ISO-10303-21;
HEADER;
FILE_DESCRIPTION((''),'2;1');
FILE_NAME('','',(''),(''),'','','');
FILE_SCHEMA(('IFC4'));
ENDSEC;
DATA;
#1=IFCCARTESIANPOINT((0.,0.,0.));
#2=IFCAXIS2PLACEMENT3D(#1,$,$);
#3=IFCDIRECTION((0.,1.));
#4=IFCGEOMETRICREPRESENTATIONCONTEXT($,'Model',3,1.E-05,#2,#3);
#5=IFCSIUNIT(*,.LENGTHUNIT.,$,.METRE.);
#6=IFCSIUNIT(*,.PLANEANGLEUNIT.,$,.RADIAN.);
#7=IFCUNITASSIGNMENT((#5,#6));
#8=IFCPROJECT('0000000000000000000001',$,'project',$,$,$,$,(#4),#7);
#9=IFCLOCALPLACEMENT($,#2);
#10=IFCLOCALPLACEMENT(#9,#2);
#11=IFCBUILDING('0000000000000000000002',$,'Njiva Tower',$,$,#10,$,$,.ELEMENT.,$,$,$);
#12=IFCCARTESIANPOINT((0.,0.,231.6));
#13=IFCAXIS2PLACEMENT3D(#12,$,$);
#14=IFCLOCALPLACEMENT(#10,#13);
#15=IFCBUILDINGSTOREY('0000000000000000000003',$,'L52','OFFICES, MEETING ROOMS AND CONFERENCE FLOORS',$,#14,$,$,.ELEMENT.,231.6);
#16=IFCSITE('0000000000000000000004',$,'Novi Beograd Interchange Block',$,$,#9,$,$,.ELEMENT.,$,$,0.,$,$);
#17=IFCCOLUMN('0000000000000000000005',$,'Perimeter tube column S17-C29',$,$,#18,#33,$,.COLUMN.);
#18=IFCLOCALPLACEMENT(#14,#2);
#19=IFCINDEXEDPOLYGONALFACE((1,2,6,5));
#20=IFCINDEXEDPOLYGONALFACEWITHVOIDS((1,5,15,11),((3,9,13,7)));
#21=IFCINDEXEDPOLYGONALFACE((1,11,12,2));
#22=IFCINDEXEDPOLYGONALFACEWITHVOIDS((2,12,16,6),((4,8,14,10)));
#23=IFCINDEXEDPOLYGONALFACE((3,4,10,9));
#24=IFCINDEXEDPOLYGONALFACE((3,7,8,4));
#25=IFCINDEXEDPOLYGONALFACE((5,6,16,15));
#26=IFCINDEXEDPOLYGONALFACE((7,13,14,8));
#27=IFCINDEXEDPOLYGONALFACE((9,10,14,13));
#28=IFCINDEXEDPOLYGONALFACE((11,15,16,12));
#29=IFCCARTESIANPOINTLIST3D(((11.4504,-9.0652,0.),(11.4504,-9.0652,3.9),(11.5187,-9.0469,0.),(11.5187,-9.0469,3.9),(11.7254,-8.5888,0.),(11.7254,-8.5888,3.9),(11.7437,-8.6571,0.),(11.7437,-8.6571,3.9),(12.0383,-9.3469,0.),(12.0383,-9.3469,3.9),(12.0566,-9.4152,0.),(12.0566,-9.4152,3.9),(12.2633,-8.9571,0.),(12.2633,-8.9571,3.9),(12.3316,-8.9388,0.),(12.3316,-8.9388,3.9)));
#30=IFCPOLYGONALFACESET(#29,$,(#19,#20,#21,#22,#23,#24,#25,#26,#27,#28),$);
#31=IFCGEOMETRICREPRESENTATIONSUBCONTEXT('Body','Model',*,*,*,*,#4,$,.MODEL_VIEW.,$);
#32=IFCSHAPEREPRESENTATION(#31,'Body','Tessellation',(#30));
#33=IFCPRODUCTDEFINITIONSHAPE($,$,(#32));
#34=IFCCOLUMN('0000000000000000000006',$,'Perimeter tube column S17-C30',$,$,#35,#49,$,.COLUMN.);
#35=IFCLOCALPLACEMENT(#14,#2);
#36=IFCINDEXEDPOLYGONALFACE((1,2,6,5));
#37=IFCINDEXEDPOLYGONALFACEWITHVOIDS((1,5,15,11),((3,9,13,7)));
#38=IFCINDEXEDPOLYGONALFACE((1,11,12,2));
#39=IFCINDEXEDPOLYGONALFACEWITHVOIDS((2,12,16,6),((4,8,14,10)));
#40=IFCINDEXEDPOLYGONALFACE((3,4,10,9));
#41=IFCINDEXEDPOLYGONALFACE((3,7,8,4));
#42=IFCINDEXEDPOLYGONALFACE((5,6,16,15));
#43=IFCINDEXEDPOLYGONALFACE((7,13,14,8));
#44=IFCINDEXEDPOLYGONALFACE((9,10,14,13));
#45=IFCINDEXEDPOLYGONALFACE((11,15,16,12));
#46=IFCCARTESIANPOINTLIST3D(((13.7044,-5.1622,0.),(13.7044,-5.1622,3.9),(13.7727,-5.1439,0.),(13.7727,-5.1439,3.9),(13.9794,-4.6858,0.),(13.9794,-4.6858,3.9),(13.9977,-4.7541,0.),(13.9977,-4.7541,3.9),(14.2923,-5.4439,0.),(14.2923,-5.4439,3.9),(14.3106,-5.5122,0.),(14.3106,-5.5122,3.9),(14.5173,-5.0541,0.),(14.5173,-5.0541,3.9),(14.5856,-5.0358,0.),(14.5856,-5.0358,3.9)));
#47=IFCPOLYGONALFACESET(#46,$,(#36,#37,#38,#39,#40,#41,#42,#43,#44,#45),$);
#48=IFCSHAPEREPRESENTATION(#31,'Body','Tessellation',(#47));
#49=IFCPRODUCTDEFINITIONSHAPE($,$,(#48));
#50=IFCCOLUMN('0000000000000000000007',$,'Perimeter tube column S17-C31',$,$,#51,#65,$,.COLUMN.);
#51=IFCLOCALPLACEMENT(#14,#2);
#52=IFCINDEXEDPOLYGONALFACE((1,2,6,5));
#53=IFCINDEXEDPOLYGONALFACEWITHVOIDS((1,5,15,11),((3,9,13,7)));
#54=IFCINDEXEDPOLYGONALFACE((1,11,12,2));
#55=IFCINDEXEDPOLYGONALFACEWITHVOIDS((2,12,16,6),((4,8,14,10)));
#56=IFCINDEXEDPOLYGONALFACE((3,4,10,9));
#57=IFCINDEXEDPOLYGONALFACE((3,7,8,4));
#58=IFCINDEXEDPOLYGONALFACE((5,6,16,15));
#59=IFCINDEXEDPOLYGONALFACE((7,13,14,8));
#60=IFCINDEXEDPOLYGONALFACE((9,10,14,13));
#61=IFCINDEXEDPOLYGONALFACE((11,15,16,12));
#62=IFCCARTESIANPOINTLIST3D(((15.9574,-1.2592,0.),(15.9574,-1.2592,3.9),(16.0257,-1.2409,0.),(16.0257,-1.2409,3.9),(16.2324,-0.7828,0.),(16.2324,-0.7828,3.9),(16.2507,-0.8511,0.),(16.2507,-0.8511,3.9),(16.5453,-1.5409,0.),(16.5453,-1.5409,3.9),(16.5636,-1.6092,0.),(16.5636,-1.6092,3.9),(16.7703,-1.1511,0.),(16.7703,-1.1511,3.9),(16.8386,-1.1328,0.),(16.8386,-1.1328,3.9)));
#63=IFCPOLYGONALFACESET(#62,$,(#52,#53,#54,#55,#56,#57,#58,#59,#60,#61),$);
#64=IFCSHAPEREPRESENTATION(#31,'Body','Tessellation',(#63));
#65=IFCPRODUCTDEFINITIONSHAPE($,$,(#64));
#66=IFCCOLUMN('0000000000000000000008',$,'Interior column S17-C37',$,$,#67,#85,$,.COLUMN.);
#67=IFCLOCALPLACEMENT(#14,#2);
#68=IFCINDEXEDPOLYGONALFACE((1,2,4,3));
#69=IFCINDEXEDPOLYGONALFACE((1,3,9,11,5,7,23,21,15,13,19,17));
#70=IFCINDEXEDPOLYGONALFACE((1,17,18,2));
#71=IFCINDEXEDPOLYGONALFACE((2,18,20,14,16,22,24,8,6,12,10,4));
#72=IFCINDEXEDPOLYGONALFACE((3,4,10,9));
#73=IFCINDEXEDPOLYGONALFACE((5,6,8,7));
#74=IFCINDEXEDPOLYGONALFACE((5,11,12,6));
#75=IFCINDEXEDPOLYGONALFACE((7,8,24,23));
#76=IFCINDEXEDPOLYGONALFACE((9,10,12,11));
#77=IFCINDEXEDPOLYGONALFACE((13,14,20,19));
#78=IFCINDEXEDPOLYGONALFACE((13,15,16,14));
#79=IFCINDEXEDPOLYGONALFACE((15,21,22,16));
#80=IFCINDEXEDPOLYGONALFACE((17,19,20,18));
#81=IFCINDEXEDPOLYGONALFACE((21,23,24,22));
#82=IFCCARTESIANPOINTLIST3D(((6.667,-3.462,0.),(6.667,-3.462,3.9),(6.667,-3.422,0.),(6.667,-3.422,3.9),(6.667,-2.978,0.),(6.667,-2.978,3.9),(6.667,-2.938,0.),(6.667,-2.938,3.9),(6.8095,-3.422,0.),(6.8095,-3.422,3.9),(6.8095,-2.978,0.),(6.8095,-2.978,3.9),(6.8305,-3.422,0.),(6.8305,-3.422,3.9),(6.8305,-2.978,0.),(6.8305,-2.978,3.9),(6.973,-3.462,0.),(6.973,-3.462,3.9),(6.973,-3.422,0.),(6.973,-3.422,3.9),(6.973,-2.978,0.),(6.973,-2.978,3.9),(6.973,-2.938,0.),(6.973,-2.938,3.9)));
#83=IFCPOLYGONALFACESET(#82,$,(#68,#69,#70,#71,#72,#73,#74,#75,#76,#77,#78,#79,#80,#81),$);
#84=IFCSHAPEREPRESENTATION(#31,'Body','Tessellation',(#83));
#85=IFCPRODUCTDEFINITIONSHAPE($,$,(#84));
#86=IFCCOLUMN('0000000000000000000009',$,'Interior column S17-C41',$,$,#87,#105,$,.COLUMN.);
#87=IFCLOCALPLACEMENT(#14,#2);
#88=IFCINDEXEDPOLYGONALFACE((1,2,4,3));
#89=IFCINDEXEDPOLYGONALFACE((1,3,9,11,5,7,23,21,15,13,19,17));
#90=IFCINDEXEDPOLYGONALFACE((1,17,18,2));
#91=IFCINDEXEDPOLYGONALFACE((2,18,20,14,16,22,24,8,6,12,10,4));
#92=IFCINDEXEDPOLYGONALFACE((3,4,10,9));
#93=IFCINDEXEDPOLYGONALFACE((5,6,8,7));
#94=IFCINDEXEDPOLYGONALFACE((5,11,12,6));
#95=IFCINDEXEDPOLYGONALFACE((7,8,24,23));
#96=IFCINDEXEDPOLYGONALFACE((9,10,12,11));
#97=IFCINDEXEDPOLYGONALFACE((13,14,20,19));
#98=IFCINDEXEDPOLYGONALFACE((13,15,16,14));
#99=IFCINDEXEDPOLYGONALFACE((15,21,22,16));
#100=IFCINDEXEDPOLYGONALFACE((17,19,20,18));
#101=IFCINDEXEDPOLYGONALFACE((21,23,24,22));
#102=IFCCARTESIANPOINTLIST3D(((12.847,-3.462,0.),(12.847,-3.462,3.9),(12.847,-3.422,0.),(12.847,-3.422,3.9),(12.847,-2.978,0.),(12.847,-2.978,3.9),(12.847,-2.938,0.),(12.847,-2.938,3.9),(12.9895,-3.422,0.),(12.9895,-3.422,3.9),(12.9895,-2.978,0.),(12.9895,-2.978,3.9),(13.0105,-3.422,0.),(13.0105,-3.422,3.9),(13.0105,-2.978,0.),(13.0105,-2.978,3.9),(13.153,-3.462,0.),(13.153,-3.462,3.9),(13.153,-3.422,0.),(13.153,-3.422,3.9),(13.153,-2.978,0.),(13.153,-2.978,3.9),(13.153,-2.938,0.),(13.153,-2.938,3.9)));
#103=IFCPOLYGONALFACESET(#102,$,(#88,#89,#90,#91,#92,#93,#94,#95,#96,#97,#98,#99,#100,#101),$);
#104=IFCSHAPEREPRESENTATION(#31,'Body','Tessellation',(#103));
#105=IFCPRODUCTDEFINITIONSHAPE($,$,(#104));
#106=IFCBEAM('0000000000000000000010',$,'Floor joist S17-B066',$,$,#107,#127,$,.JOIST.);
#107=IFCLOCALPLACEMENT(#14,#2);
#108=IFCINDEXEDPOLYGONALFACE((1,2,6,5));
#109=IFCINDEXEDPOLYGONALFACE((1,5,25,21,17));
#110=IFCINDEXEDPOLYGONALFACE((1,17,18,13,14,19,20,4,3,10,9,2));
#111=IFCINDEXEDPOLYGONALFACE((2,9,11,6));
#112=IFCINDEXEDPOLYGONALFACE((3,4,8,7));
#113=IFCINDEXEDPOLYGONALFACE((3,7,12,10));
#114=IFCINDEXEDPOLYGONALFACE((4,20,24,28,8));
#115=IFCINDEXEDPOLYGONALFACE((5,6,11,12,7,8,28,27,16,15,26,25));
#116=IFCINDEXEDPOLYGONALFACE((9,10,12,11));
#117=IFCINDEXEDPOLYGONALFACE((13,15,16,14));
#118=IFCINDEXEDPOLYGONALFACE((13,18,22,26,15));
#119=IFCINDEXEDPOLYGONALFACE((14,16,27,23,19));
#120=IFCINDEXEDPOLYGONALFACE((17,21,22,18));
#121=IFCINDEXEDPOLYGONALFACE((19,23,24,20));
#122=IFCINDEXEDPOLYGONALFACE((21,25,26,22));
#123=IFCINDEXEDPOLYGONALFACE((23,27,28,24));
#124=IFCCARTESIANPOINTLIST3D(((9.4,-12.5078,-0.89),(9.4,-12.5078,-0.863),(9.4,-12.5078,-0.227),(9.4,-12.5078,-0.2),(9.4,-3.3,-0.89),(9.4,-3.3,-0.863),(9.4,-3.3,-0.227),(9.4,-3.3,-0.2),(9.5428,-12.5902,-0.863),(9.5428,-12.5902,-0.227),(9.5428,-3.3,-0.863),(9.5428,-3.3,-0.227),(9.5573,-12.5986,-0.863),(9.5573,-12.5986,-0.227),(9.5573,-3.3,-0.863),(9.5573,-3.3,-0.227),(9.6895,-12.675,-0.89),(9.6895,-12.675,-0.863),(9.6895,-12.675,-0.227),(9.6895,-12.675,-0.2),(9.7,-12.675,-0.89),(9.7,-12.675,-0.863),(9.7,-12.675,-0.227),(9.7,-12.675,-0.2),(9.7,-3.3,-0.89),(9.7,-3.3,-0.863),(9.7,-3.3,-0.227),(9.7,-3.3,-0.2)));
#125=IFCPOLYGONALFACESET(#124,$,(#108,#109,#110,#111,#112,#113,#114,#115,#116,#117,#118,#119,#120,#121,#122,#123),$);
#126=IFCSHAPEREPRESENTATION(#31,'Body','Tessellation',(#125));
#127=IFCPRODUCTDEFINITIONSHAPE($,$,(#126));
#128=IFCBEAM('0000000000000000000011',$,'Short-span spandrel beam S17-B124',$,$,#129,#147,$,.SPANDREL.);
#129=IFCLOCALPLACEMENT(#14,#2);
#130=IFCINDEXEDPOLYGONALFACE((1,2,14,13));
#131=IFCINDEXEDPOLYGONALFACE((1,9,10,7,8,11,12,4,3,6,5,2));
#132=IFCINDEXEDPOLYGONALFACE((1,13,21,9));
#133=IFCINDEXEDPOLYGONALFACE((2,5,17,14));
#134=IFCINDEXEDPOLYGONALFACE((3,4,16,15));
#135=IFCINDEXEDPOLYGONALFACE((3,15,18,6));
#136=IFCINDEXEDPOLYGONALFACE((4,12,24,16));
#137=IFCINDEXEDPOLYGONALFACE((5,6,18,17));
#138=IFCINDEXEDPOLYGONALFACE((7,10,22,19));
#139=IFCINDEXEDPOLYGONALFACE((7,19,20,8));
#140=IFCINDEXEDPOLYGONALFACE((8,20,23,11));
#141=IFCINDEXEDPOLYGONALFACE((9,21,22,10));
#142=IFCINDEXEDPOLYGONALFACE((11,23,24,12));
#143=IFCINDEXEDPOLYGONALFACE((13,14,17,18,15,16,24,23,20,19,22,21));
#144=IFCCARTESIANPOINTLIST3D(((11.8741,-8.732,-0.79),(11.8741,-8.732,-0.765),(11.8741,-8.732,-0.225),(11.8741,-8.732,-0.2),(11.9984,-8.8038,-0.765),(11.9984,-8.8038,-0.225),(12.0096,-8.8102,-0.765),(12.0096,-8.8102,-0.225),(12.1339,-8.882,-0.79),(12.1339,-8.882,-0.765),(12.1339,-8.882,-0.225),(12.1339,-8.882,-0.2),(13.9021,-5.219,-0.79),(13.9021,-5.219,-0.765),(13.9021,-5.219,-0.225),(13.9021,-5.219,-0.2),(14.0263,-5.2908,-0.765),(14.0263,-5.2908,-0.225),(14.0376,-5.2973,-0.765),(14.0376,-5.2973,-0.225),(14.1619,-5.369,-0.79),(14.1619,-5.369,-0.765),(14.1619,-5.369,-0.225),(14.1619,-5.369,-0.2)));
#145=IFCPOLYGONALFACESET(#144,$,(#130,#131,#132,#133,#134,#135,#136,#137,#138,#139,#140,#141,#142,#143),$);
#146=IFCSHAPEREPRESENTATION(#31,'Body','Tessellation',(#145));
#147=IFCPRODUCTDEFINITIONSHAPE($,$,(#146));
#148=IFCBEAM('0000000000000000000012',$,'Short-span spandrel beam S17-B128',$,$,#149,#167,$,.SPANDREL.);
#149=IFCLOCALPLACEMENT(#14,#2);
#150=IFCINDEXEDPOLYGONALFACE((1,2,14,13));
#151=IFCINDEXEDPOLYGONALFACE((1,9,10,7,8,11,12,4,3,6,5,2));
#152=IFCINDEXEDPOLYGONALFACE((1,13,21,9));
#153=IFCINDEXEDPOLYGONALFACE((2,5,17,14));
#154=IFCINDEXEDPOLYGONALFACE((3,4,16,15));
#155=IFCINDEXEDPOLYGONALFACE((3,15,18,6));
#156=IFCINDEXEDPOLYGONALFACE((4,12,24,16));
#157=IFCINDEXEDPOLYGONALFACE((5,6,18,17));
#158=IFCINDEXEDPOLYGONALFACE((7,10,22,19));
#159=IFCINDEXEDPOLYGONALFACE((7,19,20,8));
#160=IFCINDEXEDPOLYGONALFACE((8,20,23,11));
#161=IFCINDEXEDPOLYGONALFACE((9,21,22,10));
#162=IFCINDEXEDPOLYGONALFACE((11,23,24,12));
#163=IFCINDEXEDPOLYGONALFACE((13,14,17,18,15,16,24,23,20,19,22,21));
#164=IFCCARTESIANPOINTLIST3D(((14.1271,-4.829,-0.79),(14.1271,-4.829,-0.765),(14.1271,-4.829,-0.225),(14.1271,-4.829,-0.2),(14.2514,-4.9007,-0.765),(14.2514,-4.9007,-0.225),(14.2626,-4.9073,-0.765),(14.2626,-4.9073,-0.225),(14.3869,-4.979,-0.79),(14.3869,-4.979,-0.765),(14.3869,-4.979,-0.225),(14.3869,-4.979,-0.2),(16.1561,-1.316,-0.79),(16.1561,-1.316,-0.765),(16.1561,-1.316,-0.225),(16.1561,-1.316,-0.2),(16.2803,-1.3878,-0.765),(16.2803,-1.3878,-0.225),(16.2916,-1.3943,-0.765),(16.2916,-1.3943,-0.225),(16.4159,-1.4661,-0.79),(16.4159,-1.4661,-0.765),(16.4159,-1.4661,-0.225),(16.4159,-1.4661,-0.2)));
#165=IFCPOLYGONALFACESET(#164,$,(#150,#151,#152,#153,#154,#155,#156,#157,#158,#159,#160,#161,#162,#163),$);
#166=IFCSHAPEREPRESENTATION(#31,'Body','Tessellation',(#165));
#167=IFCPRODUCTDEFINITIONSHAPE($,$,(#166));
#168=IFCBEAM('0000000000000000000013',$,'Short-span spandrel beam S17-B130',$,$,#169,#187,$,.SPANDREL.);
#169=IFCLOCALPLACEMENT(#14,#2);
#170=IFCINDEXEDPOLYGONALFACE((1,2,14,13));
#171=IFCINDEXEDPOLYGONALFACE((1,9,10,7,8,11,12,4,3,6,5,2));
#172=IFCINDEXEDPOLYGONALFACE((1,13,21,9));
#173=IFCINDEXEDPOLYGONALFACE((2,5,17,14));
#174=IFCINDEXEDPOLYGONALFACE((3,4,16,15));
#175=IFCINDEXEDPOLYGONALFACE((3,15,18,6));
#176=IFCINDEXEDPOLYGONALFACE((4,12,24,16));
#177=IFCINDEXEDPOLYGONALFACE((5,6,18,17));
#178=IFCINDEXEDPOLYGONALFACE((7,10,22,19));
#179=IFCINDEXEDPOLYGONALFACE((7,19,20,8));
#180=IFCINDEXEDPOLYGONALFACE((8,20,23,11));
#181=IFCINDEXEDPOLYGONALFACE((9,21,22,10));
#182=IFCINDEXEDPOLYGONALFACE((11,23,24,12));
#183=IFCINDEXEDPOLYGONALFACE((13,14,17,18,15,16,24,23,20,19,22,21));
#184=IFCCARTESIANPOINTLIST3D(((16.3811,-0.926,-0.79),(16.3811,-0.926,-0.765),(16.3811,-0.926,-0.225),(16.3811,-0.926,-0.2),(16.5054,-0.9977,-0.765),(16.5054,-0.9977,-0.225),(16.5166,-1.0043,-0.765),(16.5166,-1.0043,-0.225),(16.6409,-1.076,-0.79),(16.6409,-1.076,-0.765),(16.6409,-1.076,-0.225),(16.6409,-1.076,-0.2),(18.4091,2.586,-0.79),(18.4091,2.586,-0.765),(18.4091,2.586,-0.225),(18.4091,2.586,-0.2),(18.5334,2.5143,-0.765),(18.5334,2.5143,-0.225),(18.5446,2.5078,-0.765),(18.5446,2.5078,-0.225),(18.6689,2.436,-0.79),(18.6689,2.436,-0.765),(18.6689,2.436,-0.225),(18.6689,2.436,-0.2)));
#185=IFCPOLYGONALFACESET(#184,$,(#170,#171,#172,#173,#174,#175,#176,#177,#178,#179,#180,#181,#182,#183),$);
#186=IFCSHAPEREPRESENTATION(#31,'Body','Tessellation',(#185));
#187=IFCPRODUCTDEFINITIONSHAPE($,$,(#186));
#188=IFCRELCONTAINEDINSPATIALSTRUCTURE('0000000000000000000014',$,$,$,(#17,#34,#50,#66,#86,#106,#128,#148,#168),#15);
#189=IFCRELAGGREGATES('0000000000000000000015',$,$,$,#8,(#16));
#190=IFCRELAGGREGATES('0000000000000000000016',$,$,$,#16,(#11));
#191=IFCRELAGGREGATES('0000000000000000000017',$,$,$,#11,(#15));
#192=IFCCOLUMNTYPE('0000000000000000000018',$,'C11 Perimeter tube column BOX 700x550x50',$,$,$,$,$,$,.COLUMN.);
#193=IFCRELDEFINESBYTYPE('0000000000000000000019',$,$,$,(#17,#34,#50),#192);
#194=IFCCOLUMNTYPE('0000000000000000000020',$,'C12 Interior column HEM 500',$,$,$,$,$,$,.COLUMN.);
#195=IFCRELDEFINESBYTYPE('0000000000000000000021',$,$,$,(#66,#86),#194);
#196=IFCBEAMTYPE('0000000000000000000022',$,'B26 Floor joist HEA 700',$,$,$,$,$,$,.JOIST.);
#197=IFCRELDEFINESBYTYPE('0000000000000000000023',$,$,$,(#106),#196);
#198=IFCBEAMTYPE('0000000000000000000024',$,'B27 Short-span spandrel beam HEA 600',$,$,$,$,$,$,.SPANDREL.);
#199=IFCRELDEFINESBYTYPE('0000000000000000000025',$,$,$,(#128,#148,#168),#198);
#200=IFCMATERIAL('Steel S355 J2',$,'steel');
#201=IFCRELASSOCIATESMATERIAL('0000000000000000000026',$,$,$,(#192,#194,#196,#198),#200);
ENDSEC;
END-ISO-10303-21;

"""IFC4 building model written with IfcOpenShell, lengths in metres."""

from ifc_helpers import new_model, si_unit, direction, frame, origin, origin_2d, place, context, subcontext, project, spatial, hollow_rectangle, i_section, extrude, clip, halfspace, material, material_profile, profile_set, type_object, element, save


model = new_model("IFC4")

# Units and contexts
model_context = context("Model", 3, precision=1e-05, world=origin(), true_north=direction((0.0, 1.0)))
body_context = subcontext(model_context, "Body", "Model", "MODEL_VIEW")
ifc_project = project(units=[si_unit("LENGTHUNIT", "METRE"), si_unit("PLANEANGLEUNIT", "RADIAN")], contexts=[model_context])

# Site, building, storey
site_placement = place(None, origin())
site = spatial("IfcSite", under=ifc_project, at=site_placement, Name="Novi Beograd Interchange Block", CompositionType="ELEMENT", RefElevation=0.0)
building_placement = place(site_placement, origin())
building = spatial("IfcBuilding", under=site, at=building_placement, Name="Njiva Tower", CompositionType="ELEMENT")
storey_placement = place(building_placement, frame((0.0, 0.0, 231.6)))
storey = spatial("IfcBuildingStorey", under=building, at=storey_placement, Name="L52", Description="OFFICES, MEETING ROOMS AND CONFERENCE FLOORS", CompositionType="ELEMENT", Elevation=231.6)

# Columns
ifc_material_1 = material(Name="Steel S355 J2", Category="steel")
ifc_material_profile_1 = material_profile(ifc_material_1, hollow_rectangle(XDim=0.55, YDim=0.7, WallThickness=0.05, at=origin_2d()), Name="BOX 700x550x50")
ifc_profile_set_1 = profile_set([ifc_material_profile_1], Name="Steel S355 J2")
column_type_1 = type_object("IfcColumnType", Name="C11 Perimeter tube column BOX 700x550x50", PredefinedType="COLUMN", material=ifc_profile_set_1)
for number, where, z_axis, x_axis, name in (
    (1, (11.891, -9.002, 0.0), (0.0, 0.0, 1.0), (0.5, 0.866025, 0.0), "Perimeter tube column S17-C29"),
    (2, (14.145, -5.099, 0.0), (0.0, 0.0, 1.0), (0.5, 0.866025, 0.0), "Perimeter tube column S17-C30"),
    (3, (16.398, -1.196, 0.0), (0.0, 0.0, 1.0), (0.5, 0.866025, 0.0), "Perimeter tube column S17-C31"),
):
    element("IfcColumn", number, at=place(storey_placement, frame(where, z_axis=z_axis, x_axis=x_axis)), inside=storey, type_object=column_type_1, Name=name, PredefinedType="COLUMN", context=body_context, shape_type="SweptSolid", body=[
        extrude(hollow_rectangle(XDim=0.55, YDim=0.7, WallThickness=0.05, at=origin_2d()), origin(), (0.0, 0.0, 1.0), 3.9),
    ])
ifc_material_profile_2 = material_profile(ifc_material_1, i_section(OverallWidth=0.306, OverallDepth=0.524, WebThickness=0.021, FlangeThickness=0.04, at=origin_2d()), Name="HEM 500")
ifc_profile_set_2 = profile_set([ifc_material_profile_2], Name="Steel S355 J2")
column_type_2 = type_object("IfcColumnType", Name="C12 Interior column HEM 500", PredefinedType="COLUMN", material=ifc_profile_set_2)
for number, where, z_axis, x_axis, name in (
    (4, (6.82, -3.2, 0.0), (0.0, 0.0, 1.0), (1.0, 0.0, 0.0), "Interior column S17-C37"),
    (5, (13.0, -3.2, 0.0), (0.0, 0.0, 1.0), (1.0, 0.0, 0.0), "Interior column S17-C41"),
):
    element("IfcColumn", number, at=place(storey_placement, frame(where, z_axis=z_axis, x_axis=x_axis)), inside=storey, type_object=column_type_2, Name=name, PredefinedType="COLUMN", context=body_context, shape_type="SweptSolid", body=[
        extrude(i_section(OverallWidth=0.306, OverallDepth=0.524, WebThickness=0.021, FlangeThickness=0.04, at=origin_2d()), origin(), (0.0, 0.0, 1.0), 3.9),
    ])

# Beams
ifc_material_profile_3 = material_profile(ifc_material_1, i_section(OverallWidth=0.3, OverallDepth=0.69, WebThickness=0.0145, FlangeThickness=0.027, at=origin_2d()), Name="HEA 700")
ifc_profile_set_3 = profile_set([ifc_material_profile_3], Name="Steel S355 J2")
beam_type_1 = type_object("IfcBeamType", Name="B26 Floor joist HEA 700", PredefinedType="JOIST", material=ifc_profile_set_3)
beam_1_placement = place(storey_placement, frame((9.55, -3.3, -0.545), z_axis=(0.0, -1.0, 0.0), x_axis=(1.0, 0.0, 0.0)))
element("IfcBeam", 6, at=beam_1_placement, inside=storey, type_object=beam_type_1, Name="Floor joist S17-B066", PredefinedType="JOIST", context=body_context, shape_type="Clipping", body=[
    clip(extrude(i_section(OverallWidth=0.3, OverallDepth=0.69, WebThickness=0.0145, FlangeThickness=0.027, at=origin_2d()), origin(), (0.0, 0.0, 1.0), 9.375), halfspace(frame((-0.025, 0.0, 9.28), z_axis=(-0.499998, 0.0, 0.866027), x_axis=(0.0, 1.0, 0.0)), False)),
])
ifc_material_profile_4 = material_profile(ifc_material_1, i_section(OverallWidth=0.3, OverallDepth=0.59, WebThickness=0.013, FlangeThickness=0.025, at=origin_2d()), Name="HEA 600")
ifc_profile_set_4 = profile_set([ifc_material_profile_4], Name="Steel S355 J2")
beam_type_2 = type_object("IfcBeamType", Name="B27 Short-span spandrel beam HEA 600", PredefinedType="SPANDREL", material=ifc_profile_set_4)
beam_2_placement = place(storey_placement, frame((12.004, -8.807, -0.495), z_axis=(0.499957, 0.86605, 0.0), x_axis=(-0.86605, 0.499957, 0.0)))
element("IfcBeam", 7, at=beam_2_placement, inside=storey, type_object=beam_type_2, Name="Short-span spandrel beam S17-B124", PredefinedType="SPANDREL", context=body_context, shape_type="SweptSolid", body=[
    extrude(i_section(OverallWidth=0.3, OverallDepth=0.59, WebThickness=0.013, FlangeThickness=0.025, at=origin_2d()), origin(), (0.0, 0.0, 1.0), 4.0563),
])
beam_3_placement = place(storey_placement, frame((14.257, -4.904, -0.495), z_axis=(0.500142, 0.865943, 0.0), x_axis=(-0.865943, 0.500142, 0.0)))
element("IfcBeam", 8, at=beam_3_placement, inside=storey, type_object=beam_type_2, Name="Short-span spandrel beam S17-B128", PredefinedType="SPANDREL", context=body_context, shape_type="SweptSolid", body=[
    extrude(i_section(OverallWidth=0.3, OverallDepth=0.59, WebThickness=0.013, FlangeThickness=0.025, at=origin_2d()), origin(), (0.0, 0.0, 1.0), 4.0568),
])
beam_4_placement = place(storey_placement, frame((16.511, -1.001, -0.495), z_axis=(0.500064, 0.865988, 0.0), x_axis=(-0.865988, 0.500064, 0.0)))
element("IfcBeam", 9, at=beam_4_placement, inside=storey, type_object=beam_type_2, Name="Short-span spandrel beam S17-B130", PredefinedType="SPANDREL", context=body_context, shape_type="SweptSolid", body=[
    extrude(i_section(OverallWidth=0.3, OverallDepth=0.59, WebThickness=0.013, FlangeThickness=0.025, at=origin_2d()), origin(), (0.0, 0.0, 1.0), 4.0555),
])

save(model, "model.ifc")
